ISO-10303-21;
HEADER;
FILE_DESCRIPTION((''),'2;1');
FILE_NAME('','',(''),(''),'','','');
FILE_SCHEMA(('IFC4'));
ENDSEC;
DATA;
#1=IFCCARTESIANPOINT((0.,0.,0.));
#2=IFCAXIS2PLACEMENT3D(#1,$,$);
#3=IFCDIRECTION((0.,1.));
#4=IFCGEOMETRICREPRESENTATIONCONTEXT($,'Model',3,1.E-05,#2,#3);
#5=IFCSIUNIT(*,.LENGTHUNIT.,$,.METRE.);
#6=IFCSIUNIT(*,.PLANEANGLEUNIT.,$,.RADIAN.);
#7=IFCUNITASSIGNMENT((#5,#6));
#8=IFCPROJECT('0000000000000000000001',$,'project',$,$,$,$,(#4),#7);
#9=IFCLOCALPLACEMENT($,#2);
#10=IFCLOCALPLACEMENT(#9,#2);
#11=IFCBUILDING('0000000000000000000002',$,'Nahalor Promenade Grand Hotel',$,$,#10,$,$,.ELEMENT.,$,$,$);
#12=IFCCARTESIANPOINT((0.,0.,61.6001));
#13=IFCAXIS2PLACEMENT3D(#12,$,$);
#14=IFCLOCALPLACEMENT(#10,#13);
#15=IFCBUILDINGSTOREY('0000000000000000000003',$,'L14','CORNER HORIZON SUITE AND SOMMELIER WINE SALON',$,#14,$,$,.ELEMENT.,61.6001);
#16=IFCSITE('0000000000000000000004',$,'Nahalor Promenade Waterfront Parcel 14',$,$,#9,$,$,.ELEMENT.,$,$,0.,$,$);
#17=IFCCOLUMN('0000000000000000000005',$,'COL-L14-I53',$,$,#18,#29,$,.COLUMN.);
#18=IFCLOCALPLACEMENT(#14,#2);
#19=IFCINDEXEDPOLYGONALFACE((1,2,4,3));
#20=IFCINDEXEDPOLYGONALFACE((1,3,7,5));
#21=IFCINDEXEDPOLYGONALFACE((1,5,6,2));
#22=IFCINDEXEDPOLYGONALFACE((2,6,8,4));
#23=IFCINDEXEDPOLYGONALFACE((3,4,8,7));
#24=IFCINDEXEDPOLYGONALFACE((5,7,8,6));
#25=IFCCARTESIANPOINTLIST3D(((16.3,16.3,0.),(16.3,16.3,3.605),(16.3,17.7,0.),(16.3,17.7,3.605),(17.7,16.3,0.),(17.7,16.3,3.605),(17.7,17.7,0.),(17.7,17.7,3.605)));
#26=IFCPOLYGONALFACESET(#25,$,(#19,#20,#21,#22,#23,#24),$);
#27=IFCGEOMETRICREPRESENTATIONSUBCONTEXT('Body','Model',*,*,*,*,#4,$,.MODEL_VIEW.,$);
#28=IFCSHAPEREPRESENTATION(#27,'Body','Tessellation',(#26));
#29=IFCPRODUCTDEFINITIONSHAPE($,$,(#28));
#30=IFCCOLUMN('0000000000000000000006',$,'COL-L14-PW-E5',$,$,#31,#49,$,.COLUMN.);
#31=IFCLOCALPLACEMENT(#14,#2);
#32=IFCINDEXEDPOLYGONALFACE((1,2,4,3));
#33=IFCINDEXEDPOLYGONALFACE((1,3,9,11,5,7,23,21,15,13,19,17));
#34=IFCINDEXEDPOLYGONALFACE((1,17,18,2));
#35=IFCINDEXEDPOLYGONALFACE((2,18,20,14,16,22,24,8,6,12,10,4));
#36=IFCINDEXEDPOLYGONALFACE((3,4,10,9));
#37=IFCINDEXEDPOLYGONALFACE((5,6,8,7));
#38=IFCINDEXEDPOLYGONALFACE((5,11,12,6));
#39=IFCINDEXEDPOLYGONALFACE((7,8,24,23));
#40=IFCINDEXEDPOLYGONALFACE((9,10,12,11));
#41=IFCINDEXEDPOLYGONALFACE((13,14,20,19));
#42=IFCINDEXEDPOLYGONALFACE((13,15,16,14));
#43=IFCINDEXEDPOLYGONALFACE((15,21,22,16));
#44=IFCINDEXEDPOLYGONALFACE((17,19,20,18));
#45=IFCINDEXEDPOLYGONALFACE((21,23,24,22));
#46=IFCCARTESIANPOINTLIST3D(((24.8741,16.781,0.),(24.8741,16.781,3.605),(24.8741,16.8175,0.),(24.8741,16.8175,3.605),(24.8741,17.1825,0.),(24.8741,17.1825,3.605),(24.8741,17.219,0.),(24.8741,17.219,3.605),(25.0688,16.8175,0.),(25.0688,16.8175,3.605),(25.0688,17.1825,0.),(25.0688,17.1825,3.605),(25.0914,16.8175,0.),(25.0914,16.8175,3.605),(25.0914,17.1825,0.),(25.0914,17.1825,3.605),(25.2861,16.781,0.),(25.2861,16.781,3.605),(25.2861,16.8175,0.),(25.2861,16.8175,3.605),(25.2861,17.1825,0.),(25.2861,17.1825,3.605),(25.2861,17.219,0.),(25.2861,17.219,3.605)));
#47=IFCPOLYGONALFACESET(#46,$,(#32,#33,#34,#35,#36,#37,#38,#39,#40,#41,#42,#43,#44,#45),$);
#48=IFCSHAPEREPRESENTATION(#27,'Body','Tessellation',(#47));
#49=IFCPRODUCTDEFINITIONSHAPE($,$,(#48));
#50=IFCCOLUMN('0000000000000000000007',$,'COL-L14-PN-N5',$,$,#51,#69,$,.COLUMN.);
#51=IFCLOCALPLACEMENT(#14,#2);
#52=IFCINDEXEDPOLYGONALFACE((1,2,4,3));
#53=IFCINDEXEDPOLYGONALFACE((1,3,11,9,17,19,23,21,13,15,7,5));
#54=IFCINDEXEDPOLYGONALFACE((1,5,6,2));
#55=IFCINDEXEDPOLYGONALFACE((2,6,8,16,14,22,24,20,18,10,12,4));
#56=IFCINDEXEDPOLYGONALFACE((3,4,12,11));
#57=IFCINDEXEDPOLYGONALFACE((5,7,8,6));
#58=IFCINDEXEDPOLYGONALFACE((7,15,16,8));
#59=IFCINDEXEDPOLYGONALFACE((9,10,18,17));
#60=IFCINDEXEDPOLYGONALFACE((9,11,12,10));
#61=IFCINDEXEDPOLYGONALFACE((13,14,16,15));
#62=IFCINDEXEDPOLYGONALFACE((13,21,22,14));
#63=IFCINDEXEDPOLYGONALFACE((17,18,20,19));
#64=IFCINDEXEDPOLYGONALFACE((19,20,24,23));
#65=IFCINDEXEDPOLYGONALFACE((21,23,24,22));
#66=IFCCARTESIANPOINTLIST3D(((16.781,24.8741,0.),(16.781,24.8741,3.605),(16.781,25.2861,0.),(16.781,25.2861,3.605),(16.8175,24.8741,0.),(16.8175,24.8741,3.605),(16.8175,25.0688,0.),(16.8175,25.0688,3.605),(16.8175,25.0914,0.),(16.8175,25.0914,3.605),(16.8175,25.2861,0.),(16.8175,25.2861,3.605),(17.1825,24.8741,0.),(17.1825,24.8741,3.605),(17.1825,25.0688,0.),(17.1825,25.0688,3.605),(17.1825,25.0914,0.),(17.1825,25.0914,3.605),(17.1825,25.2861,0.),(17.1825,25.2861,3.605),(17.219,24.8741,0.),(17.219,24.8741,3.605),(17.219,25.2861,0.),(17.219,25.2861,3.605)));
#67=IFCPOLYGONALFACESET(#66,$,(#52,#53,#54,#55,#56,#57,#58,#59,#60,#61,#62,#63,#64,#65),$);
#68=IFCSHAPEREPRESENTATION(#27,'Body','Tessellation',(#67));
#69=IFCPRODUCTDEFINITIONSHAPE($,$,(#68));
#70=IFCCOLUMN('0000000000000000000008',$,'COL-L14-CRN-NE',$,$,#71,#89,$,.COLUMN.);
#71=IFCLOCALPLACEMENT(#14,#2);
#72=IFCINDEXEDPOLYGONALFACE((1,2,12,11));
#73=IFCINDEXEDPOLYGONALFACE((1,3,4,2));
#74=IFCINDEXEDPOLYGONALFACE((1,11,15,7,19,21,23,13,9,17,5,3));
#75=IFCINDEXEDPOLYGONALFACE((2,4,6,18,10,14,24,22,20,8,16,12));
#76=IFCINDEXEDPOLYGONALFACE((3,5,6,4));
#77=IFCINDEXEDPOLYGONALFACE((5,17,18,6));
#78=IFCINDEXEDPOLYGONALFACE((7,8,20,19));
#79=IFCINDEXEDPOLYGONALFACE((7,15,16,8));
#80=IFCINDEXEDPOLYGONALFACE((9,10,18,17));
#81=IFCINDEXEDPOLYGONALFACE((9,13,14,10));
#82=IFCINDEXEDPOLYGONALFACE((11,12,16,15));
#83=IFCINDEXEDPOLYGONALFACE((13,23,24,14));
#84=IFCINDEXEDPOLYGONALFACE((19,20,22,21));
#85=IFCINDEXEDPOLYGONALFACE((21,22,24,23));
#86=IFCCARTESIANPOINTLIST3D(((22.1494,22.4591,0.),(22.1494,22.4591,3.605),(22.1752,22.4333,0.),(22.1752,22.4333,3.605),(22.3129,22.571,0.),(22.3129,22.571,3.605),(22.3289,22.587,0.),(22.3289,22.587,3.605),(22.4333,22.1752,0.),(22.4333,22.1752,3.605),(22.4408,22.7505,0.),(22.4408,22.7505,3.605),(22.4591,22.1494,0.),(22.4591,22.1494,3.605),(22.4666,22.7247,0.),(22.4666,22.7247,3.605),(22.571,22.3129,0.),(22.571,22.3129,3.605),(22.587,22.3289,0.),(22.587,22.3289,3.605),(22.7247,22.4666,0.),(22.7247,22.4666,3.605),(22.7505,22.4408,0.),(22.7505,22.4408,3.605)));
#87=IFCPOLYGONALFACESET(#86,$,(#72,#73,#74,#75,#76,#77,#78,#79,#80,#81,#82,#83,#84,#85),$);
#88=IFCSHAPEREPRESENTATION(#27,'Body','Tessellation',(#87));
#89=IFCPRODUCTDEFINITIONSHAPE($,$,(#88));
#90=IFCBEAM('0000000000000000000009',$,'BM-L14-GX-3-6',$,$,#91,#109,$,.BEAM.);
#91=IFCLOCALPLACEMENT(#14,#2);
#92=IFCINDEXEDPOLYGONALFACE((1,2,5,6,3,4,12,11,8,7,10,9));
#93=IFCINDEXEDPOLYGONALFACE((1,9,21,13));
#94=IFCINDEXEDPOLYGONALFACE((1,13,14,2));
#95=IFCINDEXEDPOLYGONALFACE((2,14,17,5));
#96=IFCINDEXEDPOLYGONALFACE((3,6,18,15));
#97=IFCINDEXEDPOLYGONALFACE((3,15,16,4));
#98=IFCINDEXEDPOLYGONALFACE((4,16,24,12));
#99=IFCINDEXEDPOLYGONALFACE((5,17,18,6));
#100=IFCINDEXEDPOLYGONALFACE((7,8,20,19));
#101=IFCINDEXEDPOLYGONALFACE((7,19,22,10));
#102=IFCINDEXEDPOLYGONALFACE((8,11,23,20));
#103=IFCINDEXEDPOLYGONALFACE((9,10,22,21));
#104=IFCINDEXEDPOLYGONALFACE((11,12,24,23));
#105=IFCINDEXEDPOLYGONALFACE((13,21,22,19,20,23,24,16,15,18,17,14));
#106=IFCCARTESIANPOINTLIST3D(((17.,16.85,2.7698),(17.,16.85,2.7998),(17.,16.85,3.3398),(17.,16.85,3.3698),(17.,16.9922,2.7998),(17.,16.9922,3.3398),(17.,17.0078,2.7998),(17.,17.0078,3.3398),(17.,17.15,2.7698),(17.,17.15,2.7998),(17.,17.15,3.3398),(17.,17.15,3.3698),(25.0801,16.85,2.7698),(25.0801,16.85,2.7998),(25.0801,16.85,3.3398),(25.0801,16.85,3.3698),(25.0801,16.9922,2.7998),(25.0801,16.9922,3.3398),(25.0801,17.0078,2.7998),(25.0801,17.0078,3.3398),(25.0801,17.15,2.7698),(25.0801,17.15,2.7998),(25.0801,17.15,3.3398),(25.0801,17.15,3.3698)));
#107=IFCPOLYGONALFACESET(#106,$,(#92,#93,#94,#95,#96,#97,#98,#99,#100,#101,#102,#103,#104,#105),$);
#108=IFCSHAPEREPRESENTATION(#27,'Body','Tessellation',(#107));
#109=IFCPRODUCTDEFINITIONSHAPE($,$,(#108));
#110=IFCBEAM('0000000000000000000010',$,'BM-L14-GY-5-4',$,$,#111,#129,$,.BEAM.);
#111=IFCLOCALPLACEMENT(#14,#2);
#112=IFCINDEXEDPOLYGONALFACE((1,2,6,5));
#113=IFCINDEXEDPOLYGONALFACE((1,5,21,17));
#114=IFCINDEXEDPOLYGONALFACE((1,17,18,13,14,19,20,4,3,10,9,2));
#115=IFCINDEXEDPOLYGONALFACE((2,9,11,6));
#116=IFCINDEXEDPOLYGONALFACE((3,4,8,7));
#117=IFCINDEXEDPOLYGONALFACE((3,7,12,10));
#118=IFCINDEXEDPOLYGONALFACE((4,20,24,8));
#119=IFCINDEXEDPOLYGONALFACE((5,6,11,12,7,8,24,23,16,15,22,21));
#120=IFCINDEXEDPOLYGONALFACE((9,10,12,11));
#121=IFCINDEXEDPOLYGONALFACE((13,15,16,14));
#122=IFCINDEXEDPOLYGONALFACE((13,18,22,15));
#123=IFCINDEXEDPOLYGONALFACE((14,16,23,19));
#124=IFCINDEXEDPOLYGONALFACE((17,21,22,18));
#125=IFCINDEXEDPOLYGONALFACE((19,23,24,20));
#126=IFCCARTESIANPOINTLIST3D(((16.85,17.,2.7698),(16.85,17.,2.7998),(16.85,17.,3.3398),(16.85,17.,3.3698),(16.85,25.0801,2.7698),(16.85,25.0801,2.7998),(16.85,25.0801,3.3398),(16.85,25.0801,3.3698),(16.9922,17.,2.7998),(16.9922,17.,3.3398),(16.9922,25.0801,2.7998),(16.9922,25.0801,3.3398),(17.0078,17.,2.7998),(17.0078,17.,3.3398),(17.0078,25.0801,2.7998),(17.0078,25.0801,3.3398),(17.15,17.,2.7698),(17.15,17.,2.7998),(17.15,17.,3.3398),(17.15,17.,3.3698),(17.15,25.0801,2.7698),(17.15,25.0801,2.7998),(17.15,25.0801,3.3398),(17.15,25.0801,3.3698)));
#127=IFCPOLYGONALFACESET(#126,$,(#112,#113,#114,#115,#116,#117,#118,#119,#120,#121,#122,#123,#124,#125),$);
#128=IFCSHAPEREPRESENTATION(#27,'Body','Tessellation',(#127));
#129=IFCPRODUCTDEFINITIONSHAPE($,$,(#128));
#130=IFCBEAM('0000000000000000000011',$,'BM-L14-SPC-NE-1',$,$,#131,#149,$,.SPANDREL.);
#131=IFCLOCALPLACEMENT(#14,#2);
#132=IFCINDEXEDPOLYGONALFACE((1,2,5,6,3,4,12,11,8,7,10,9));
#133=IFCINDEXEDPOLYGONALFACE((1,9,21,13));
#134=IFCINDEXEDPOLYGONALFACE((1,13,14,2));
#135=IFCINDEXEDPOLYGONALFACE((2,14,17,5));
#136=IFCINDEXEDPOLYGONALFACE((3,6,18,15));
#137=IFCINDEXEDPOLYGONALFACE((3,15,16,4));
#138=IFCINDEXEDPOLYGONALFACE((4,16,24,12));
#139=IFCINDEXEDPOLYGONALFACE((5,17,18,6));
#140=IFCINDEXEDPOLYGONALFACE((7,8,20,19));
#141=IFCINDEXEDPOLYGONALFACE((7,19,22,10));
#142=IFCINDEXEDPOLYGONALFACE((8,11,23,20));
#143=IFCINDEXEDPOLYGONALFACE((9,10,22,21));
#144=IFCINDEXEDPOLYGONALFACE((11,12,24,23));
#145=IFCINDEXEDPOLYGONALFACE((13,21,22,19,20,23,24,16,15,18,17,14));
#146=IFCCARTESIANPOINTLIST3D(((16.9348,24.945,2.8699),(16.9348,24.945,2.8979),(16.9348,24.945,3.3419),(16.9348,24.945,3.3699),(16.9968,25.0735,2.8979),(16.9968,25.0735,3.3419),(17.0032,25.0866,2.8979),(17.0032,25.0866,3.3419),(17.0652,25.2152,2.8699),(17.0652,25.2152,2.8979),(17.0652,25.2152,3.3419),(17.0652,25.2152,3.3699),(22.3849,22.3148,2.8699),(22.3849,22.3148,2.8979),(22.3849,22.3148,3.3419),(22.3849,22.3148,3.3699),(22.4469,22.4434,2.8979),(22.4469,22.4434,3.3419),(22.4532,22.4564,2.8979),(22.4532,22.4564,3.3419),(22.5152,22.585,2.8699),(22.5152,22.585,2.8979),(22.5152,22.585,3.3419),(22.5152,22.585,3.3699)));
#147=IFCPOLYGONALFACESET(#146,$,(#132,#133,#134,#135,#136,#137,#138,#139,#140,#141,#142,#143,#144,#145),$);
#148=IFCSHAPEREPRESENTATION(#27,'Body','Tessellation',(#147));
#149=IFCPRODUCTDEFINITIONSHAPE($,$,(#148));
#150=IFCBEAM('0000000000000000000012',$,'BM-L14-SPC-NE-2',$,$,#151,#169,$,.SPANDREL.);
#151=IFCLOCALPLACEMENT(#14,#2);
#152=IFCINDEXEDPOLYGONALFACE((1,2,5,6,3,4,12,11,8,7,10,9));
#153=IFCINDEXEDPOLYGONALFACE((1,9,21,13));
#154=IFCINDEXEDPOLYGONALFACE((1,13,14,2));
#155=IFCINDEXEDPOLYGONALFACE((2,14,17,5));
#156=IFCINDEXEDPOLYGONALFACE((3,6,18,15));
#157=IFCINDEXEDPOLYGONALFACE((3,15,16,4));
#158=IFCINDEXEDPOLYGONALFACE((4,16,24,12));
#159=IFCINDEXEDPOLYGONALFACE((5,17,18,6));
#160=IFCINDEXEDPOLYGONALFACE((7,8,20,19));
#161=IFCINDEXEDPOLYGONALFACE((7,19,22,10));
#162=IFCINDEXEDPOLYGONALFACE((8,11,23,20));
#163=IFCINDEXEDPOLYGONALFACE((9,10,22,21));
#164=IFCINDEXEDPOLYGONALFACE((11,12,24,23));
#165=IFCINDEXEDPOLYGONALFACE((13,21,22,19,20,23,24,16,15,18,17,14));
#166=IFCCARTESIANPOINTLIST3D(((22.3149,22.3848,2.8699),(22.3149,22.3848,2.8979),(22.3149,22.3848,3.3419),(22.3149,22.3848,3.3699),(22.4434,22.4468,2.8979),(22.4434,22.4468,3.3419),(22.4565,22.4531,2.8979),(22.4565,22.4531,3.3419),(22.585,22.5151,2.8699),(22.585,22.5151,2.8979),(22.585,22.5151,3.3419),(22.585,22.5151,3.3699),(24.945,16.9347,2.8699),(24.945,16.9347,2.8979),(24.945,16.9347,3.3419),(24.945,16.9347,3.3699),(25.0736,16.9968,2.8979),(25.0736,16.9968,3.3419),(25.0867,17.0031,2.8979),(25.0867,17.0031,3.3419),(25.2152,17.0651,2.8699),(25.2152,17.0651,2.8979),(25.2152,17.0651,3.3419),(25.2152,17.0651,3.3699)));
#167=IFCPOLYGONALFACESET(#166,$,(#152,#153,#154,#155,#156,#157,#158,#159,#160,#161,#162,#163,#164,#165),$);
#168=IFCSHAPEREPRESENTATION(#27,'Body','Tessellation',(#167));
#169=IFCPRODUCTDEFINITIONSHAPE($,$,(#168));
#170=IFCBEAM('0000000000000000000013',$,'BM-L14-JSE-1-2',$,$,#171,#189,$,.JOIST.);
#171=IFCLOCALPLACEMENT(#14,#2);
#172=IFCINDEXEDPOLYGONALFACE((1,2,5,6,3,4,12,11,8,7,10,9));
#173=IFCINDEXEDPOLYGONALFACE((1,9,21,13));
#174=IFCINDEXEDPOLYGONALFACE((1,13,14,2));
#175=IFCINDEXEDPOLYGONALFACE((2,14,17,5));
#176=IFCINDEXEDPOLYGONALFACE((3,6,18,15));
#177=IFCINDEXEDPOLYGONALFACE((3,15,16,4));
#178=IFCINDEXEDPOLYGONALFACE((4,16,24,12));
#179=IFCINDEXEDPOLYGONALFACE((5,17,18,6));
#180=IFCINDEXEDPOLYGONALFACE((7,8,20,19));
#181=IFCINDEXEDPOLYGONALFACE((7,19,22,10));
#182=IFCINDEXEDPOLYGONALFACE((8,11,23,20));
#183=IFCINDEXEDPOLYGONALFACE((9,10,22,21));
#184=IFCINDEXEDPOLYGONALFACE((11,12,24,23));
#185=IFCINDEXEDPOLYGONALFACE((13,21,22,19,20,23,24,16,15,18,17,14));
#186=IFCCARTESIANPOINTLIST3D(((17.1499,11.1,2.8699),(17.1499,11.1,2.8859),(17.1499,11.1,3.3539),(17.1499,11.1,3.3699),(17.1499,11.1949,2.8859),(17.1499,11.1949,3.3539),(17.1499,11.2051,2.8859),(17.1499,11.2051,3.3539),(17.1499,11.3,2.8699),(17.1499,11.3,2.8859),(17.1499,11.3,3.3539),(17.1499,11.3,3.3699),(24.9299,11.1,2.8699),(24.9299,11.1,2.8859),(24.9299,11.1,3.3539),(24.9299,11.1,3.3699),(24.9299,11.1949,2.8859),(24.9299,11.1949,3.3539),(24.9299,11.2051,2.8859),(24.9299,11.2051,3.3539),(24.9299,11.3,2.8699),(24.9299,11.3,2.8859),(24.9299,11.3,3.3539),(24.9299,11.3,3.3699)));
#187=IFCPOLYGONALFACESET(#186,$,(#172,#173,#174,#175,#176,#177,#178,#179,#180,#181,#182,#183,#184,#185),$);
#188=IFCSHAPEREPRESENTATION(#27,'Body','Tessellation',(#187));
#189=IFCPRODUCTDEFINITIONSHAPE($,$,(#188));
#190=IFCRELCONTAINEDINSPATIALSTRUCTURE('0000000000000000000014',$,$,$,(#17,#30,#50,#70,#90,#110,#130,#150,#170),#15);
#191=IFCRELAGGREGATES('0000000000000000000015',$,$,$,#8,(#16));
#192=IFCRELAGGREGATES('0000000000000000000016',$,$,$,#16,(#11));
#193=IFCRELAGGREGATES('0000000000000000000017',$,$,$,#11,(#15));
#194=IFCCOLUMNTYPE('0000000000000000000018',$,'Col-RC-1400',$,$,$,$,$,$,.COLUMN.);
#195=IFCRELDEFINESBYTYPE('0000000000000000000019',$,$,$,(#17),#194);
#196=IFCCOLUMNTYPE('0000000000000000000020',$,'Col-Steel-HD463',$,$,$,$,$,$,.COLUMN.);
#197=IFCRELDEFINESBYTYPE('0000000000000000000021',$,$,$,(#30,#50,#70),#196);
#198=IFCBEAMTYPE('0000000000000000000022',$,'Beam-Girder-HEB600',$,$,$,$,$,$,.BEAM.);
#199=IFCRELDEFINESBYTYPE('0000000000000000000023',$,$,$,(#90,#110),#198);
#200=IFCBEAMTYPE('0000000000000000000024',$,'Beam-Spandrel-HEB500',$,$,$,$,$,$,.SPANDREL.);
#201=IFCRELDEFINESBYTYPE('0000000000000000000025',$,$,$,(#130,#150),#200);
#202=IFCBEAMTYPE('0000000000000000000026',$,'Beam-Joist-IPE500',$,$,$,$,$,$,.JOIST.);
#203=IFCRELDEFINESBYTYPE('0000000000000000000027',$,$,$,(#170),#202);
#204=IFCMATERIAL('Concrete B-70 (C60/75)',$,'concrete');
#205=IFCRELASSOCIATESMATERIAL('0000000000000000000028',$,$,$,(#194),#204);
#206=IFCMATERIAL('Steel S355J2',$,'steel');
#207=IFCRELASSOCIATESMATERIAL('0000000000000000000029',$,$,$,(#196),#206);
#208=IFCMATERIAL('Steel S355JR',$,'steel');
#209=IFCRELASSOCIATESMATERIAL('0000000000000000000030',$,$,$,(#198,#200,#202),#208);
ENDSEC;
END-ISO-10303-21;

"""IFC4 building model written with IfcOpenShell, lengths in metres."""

from ifc_helpers import new_model, si_unit, direction, frame, origin, origin_2d, place, context, subcontext, project, spatial, rectangle, i_section, extrude, source, transform, mapped, material, material_profile, profile_set, type_object, element, save


model = new_model("IFC4")

# Units and contexts
model_context = context("Model", 3, precision=1e-05, world=origin(), true_north=direction((0.0, 1.0)))
body_context = subcontext(model_context, "Body", "Model", "MODEL_VIEW")
ifc_project = project(units=[si_unit("LENGTHUNIT", "METRE"), si_unit("PLANEANGLEUNIT", "RADIAN")], contexts=[model_context])

# Site, building, storey
site_placement = place(None, origin())
site = spatial("IfcSite", under=ifc_project, at=site_placement, Name="Nahalor Promenade Waterfront Parcel 14", CompositionType="ELEMENT", RefElevation=0.0)
building_placement = place(site_placement, origin())
building = spatial("IfcBuilding", under=site, at=building_placement, Name="Nahalor Promenade Grand Hotel", CompositionType="ELEMENT")
storey_placement = place(building_placement, frame((0.0, 0.0, 61.6001)))
storey = spatial("IfcBuildingStorey", under=building, at=storey_placement, Name="L14", Description="CORNER HORIZON SUITE AND SOMMELIER WINE SALON", CompositionType="ELEMENT", Elevation=61.6001)

# Columns
ifc_material_1 = material(Name="Concrete B-70 (C60/75)", Category="concrete")
ifc_material_profile_1 = material_profile(ifc_material_1, rectangle(XDim=1.4, YDim=1.4, at=origin_2d()), Name="RC 1400x1400")
ifc_profile_set_1 = profile_set([ifc_material_profile_1], Name="Concrete B-70 (C60/75)")
column_type_1 = type_object("IfcColumnType", Name="Col-RC-1400", PredefinedType="COLUMN", material=ifc_profile_set_1)
shared_shape_1 = source(origin(), body_context, "Body", "SweptSolid", [
    extrude(rectangle(XDim=1.4, YDim=1.4, at=origin_2d()), origin(), (0.0, 0.0, 1.0), 3.605),
])
column_placement = place(storey_placement, frame((17.0, 17.0, 0.0), z_axis=(0.0, 0.0, 1.0), x_axis=(1.0, 0.0, 0.0)))
element("IfcColumn", 1, at=column_placement, inside=storey, type_object=column_type_1, Name="COL-L14-I53", PredefinedType="COLUMN", context=body_context, shape_type="MappedRepresentation", body=[
    mapped(shared_shape_1, transform((0.0, 0.0, 0.0), scale=1.0)),
])
ifc_material_2 = material(Name="Steel S355J2", Category="steel")
ifc_material_profile_2 = material_profile(ifc_material_2, i_section(OverallWidth=0.412, OverallDepth=0.438, WebThickness=0.0226, FlangeThickness=0.0365, at=origin_2d()), Name="HD 400x463")
ifc_profile_set_2 = profile_set([ifc_material_profile_2], Name="Steel S355J2")
column_type_2 = type_object("IfcColumnType", Name="Col-Steel-HD463", PredefinedType="COLUMN", material=ifc_profile_set_2)
shared_shape_2 = source(origin(), body_context, "Body", "SweptSolid", [
    extrude(i_section(OverallWidth=0.412, OverallDepth=0.438, WebThickness=0.0226, FlangeThickness=0.0365, at=origin_2d()), origin(), (0.0, 0.0, 1.0), 3.605),
])
for number, where, z_axis, x_axis, name in (
    (2, (25.0801, 17.0, 0.0), (0.0, 0.0, 1.0), (1.0, 0.0, 0.0), "COL-L14-PW-E5"),
    (3, (17.0, 25.0801, 0.0), (0.0, 0.0, 1.0), (0.0, 1.0, 0.0), "COL-L14-PN-N5"),
    (4, (22.45, 22.45, 0.0), (0.0, 0.0, 1.0), (0.707107, 0.707107, 0.0), "COL-L14-CRN-NE"),
):
    element("IfcColumn", number, at=place(storey_placement, frame(where, z_axis=z_axis, x_axis=x_axis)), inside=storey, type_object=column_type_2, Name=name, PredefinedType="COLUMN", context=body_context, shape_type="MappedRepresentation", body=[
        mapped(shared_shape_2, transform((0.0, 0.0, 0.0), scale=1.0)),
    ])

# Beams
ifc_material_3 = material(Name="Steel S355JR", Category="steel")
ifc_material_profile_3 = material_profile(ifc_material_3, i_section(OverallWidth=0.3, OverallDepth=0.6, WebThickness=0.0155, FlangeThickness=0.03, at=origin_2d()), Name="HEB 600")
ifc_profile_set_3 = profile_set([ifc_material_profile_3], Name="Steel S355JR")
beam_type_1 = type_object("IfcBeamType", Name="Beam-Girder-HEB600", PredefinedType="BEAM", material=ifc_profile_set_3)
shared_shape_3 = source(origin(), body_context, "Body", "SweptSolid", [
    extrude(i_section(OverallWidth=0.3, OverallDepth=0.6, WebThickness=0.0155, FlangeThickness=0.03, at=origin_2d()), origin(), (0.0, 0.0, 1.0), 8.0801),
])
for number, where, z_axis, x_axis, name in (
    (5, (17.0, 17.0, 3.0698), (1.0, 0.0, 0.0), (0.0, 1.0, 0.0), "BM-L14-GX-3-6"),
    (6, (17.0, 17.0, 3.0698), (0.0, 1.0, 0.0), (-1.0, 0.0, 0.0), "BM-L14-GY-5-4"),
):
    element("IfcBeam", number, at=place(storey_placement, frame(where, z_axis=z_axis, x_axis=x_axis)), inside=storey, type_object=beam_type_1, Name=name, PredefinedType="BEAM", context=body_context, shape_type="MappedRepresentation", body=[
        mapped(shared_shape_3, transform((0.0, 0.0, 0.0), scale=1.0)),
    ])
ifc_material_profile_4 = material_profile(ifc_material_3, i_section(OverallWidth=0.3, OverallDepth=0.5, WebThickness=0.0145, FlangeThickness=0.028, at=origin_2d()), Name="HEB 500")
ifc_profile_set_4 = profile_set([ifc_material_profile_4], Name="Steel S355JR")
beam_type_2 = type_object("IfcBeamType", Name="Beam-Spandrel-HEB500", PredefinedType="SPANDREL", material=ifc_profile_set_4)
shared_shape_4 = source(origin(), body_context, "Body", "SweptSolid", [
    extrude(i_section(OverallWidth=0.3, OverallDepth=0.5, WebThickness=0.0145, FlangeThickness=0.028, at=origin_2d()), origin(), (0.0, 0.0, 1.0), 6.0515),
])
for number, where, z_axis, x_axis, name in (
    (7, (17.0, 25.0801, 3.1199), (0.900609, -0.434631, 0.0), (0.434631, 0.900609, 0.0), "BM-L14-SPC-NE-1"),
    (8, (22.45, 22.45, 3.1199), (0.434631, -0.900609, 0.0), (0.900609, 0.434631, 0.0), "BM-L14-SPC-NE-2"),
):
    element("IfcBeam", number, at=place(storey_placement, frame(where, z_axis=z_axis, x_axis=x_axis)), inside=storey, type_object=beam_type_2, Name=name, PredefinedType="SPANDREL", context=body_context, shape_type="MappedRepresentation", body=[
        mapped(shared_shape_4, transform((0.0, 0.0, 0.0), scale=1.0)),
    ])
ifc_material_profile_5 = material_profile(ifc_material_3, i_section(OverallWidth=0.2, OverallDepth=0.5, WebThickness=0.0102, FlangeThickness=0.016, at=origin_2d()), Name="IPE 500")
ifc_profile_set_5 = profile_set([ifc_material_profile_5], Name="Steel S355JR")
beam_type_3 = type_object("IfcBeamType", Name="Beam-Joist-IPE500", PredefinedType="JOIST", material=ifc_profile_set_5)
shared_shape_5 = source(origin(), body_context, "Body", "SweptSolid", [
    extrude(i_section(OverallWidth=0.2, OverallDepth=0.5, WebThickness=0.0102, FlangeThickness=0.016, at=origin_2d()), origin(), (0.0, 0.0, 1.0), 7.78),
])
beam_placement = place(storey_placement, frame((17.1499, 11.2, 3.1199), z_axis=(1.0, 0.0, 0.0), x_axis=(0.0, 1.0, 0.0)))
element("IfcBeam", 9, at=beam_placement, inside=storey, type_object=beam_type_3, Name="BM-L14-JSE-1-2", PredefinedType="JOIST", context=body_context, shape_type="MappedRepresentation", body=[
    mapped(shared_shape_5, transform((0.0, 0.0, 0.0), scale=1.0)),
])

save(model, "model.ifc")
